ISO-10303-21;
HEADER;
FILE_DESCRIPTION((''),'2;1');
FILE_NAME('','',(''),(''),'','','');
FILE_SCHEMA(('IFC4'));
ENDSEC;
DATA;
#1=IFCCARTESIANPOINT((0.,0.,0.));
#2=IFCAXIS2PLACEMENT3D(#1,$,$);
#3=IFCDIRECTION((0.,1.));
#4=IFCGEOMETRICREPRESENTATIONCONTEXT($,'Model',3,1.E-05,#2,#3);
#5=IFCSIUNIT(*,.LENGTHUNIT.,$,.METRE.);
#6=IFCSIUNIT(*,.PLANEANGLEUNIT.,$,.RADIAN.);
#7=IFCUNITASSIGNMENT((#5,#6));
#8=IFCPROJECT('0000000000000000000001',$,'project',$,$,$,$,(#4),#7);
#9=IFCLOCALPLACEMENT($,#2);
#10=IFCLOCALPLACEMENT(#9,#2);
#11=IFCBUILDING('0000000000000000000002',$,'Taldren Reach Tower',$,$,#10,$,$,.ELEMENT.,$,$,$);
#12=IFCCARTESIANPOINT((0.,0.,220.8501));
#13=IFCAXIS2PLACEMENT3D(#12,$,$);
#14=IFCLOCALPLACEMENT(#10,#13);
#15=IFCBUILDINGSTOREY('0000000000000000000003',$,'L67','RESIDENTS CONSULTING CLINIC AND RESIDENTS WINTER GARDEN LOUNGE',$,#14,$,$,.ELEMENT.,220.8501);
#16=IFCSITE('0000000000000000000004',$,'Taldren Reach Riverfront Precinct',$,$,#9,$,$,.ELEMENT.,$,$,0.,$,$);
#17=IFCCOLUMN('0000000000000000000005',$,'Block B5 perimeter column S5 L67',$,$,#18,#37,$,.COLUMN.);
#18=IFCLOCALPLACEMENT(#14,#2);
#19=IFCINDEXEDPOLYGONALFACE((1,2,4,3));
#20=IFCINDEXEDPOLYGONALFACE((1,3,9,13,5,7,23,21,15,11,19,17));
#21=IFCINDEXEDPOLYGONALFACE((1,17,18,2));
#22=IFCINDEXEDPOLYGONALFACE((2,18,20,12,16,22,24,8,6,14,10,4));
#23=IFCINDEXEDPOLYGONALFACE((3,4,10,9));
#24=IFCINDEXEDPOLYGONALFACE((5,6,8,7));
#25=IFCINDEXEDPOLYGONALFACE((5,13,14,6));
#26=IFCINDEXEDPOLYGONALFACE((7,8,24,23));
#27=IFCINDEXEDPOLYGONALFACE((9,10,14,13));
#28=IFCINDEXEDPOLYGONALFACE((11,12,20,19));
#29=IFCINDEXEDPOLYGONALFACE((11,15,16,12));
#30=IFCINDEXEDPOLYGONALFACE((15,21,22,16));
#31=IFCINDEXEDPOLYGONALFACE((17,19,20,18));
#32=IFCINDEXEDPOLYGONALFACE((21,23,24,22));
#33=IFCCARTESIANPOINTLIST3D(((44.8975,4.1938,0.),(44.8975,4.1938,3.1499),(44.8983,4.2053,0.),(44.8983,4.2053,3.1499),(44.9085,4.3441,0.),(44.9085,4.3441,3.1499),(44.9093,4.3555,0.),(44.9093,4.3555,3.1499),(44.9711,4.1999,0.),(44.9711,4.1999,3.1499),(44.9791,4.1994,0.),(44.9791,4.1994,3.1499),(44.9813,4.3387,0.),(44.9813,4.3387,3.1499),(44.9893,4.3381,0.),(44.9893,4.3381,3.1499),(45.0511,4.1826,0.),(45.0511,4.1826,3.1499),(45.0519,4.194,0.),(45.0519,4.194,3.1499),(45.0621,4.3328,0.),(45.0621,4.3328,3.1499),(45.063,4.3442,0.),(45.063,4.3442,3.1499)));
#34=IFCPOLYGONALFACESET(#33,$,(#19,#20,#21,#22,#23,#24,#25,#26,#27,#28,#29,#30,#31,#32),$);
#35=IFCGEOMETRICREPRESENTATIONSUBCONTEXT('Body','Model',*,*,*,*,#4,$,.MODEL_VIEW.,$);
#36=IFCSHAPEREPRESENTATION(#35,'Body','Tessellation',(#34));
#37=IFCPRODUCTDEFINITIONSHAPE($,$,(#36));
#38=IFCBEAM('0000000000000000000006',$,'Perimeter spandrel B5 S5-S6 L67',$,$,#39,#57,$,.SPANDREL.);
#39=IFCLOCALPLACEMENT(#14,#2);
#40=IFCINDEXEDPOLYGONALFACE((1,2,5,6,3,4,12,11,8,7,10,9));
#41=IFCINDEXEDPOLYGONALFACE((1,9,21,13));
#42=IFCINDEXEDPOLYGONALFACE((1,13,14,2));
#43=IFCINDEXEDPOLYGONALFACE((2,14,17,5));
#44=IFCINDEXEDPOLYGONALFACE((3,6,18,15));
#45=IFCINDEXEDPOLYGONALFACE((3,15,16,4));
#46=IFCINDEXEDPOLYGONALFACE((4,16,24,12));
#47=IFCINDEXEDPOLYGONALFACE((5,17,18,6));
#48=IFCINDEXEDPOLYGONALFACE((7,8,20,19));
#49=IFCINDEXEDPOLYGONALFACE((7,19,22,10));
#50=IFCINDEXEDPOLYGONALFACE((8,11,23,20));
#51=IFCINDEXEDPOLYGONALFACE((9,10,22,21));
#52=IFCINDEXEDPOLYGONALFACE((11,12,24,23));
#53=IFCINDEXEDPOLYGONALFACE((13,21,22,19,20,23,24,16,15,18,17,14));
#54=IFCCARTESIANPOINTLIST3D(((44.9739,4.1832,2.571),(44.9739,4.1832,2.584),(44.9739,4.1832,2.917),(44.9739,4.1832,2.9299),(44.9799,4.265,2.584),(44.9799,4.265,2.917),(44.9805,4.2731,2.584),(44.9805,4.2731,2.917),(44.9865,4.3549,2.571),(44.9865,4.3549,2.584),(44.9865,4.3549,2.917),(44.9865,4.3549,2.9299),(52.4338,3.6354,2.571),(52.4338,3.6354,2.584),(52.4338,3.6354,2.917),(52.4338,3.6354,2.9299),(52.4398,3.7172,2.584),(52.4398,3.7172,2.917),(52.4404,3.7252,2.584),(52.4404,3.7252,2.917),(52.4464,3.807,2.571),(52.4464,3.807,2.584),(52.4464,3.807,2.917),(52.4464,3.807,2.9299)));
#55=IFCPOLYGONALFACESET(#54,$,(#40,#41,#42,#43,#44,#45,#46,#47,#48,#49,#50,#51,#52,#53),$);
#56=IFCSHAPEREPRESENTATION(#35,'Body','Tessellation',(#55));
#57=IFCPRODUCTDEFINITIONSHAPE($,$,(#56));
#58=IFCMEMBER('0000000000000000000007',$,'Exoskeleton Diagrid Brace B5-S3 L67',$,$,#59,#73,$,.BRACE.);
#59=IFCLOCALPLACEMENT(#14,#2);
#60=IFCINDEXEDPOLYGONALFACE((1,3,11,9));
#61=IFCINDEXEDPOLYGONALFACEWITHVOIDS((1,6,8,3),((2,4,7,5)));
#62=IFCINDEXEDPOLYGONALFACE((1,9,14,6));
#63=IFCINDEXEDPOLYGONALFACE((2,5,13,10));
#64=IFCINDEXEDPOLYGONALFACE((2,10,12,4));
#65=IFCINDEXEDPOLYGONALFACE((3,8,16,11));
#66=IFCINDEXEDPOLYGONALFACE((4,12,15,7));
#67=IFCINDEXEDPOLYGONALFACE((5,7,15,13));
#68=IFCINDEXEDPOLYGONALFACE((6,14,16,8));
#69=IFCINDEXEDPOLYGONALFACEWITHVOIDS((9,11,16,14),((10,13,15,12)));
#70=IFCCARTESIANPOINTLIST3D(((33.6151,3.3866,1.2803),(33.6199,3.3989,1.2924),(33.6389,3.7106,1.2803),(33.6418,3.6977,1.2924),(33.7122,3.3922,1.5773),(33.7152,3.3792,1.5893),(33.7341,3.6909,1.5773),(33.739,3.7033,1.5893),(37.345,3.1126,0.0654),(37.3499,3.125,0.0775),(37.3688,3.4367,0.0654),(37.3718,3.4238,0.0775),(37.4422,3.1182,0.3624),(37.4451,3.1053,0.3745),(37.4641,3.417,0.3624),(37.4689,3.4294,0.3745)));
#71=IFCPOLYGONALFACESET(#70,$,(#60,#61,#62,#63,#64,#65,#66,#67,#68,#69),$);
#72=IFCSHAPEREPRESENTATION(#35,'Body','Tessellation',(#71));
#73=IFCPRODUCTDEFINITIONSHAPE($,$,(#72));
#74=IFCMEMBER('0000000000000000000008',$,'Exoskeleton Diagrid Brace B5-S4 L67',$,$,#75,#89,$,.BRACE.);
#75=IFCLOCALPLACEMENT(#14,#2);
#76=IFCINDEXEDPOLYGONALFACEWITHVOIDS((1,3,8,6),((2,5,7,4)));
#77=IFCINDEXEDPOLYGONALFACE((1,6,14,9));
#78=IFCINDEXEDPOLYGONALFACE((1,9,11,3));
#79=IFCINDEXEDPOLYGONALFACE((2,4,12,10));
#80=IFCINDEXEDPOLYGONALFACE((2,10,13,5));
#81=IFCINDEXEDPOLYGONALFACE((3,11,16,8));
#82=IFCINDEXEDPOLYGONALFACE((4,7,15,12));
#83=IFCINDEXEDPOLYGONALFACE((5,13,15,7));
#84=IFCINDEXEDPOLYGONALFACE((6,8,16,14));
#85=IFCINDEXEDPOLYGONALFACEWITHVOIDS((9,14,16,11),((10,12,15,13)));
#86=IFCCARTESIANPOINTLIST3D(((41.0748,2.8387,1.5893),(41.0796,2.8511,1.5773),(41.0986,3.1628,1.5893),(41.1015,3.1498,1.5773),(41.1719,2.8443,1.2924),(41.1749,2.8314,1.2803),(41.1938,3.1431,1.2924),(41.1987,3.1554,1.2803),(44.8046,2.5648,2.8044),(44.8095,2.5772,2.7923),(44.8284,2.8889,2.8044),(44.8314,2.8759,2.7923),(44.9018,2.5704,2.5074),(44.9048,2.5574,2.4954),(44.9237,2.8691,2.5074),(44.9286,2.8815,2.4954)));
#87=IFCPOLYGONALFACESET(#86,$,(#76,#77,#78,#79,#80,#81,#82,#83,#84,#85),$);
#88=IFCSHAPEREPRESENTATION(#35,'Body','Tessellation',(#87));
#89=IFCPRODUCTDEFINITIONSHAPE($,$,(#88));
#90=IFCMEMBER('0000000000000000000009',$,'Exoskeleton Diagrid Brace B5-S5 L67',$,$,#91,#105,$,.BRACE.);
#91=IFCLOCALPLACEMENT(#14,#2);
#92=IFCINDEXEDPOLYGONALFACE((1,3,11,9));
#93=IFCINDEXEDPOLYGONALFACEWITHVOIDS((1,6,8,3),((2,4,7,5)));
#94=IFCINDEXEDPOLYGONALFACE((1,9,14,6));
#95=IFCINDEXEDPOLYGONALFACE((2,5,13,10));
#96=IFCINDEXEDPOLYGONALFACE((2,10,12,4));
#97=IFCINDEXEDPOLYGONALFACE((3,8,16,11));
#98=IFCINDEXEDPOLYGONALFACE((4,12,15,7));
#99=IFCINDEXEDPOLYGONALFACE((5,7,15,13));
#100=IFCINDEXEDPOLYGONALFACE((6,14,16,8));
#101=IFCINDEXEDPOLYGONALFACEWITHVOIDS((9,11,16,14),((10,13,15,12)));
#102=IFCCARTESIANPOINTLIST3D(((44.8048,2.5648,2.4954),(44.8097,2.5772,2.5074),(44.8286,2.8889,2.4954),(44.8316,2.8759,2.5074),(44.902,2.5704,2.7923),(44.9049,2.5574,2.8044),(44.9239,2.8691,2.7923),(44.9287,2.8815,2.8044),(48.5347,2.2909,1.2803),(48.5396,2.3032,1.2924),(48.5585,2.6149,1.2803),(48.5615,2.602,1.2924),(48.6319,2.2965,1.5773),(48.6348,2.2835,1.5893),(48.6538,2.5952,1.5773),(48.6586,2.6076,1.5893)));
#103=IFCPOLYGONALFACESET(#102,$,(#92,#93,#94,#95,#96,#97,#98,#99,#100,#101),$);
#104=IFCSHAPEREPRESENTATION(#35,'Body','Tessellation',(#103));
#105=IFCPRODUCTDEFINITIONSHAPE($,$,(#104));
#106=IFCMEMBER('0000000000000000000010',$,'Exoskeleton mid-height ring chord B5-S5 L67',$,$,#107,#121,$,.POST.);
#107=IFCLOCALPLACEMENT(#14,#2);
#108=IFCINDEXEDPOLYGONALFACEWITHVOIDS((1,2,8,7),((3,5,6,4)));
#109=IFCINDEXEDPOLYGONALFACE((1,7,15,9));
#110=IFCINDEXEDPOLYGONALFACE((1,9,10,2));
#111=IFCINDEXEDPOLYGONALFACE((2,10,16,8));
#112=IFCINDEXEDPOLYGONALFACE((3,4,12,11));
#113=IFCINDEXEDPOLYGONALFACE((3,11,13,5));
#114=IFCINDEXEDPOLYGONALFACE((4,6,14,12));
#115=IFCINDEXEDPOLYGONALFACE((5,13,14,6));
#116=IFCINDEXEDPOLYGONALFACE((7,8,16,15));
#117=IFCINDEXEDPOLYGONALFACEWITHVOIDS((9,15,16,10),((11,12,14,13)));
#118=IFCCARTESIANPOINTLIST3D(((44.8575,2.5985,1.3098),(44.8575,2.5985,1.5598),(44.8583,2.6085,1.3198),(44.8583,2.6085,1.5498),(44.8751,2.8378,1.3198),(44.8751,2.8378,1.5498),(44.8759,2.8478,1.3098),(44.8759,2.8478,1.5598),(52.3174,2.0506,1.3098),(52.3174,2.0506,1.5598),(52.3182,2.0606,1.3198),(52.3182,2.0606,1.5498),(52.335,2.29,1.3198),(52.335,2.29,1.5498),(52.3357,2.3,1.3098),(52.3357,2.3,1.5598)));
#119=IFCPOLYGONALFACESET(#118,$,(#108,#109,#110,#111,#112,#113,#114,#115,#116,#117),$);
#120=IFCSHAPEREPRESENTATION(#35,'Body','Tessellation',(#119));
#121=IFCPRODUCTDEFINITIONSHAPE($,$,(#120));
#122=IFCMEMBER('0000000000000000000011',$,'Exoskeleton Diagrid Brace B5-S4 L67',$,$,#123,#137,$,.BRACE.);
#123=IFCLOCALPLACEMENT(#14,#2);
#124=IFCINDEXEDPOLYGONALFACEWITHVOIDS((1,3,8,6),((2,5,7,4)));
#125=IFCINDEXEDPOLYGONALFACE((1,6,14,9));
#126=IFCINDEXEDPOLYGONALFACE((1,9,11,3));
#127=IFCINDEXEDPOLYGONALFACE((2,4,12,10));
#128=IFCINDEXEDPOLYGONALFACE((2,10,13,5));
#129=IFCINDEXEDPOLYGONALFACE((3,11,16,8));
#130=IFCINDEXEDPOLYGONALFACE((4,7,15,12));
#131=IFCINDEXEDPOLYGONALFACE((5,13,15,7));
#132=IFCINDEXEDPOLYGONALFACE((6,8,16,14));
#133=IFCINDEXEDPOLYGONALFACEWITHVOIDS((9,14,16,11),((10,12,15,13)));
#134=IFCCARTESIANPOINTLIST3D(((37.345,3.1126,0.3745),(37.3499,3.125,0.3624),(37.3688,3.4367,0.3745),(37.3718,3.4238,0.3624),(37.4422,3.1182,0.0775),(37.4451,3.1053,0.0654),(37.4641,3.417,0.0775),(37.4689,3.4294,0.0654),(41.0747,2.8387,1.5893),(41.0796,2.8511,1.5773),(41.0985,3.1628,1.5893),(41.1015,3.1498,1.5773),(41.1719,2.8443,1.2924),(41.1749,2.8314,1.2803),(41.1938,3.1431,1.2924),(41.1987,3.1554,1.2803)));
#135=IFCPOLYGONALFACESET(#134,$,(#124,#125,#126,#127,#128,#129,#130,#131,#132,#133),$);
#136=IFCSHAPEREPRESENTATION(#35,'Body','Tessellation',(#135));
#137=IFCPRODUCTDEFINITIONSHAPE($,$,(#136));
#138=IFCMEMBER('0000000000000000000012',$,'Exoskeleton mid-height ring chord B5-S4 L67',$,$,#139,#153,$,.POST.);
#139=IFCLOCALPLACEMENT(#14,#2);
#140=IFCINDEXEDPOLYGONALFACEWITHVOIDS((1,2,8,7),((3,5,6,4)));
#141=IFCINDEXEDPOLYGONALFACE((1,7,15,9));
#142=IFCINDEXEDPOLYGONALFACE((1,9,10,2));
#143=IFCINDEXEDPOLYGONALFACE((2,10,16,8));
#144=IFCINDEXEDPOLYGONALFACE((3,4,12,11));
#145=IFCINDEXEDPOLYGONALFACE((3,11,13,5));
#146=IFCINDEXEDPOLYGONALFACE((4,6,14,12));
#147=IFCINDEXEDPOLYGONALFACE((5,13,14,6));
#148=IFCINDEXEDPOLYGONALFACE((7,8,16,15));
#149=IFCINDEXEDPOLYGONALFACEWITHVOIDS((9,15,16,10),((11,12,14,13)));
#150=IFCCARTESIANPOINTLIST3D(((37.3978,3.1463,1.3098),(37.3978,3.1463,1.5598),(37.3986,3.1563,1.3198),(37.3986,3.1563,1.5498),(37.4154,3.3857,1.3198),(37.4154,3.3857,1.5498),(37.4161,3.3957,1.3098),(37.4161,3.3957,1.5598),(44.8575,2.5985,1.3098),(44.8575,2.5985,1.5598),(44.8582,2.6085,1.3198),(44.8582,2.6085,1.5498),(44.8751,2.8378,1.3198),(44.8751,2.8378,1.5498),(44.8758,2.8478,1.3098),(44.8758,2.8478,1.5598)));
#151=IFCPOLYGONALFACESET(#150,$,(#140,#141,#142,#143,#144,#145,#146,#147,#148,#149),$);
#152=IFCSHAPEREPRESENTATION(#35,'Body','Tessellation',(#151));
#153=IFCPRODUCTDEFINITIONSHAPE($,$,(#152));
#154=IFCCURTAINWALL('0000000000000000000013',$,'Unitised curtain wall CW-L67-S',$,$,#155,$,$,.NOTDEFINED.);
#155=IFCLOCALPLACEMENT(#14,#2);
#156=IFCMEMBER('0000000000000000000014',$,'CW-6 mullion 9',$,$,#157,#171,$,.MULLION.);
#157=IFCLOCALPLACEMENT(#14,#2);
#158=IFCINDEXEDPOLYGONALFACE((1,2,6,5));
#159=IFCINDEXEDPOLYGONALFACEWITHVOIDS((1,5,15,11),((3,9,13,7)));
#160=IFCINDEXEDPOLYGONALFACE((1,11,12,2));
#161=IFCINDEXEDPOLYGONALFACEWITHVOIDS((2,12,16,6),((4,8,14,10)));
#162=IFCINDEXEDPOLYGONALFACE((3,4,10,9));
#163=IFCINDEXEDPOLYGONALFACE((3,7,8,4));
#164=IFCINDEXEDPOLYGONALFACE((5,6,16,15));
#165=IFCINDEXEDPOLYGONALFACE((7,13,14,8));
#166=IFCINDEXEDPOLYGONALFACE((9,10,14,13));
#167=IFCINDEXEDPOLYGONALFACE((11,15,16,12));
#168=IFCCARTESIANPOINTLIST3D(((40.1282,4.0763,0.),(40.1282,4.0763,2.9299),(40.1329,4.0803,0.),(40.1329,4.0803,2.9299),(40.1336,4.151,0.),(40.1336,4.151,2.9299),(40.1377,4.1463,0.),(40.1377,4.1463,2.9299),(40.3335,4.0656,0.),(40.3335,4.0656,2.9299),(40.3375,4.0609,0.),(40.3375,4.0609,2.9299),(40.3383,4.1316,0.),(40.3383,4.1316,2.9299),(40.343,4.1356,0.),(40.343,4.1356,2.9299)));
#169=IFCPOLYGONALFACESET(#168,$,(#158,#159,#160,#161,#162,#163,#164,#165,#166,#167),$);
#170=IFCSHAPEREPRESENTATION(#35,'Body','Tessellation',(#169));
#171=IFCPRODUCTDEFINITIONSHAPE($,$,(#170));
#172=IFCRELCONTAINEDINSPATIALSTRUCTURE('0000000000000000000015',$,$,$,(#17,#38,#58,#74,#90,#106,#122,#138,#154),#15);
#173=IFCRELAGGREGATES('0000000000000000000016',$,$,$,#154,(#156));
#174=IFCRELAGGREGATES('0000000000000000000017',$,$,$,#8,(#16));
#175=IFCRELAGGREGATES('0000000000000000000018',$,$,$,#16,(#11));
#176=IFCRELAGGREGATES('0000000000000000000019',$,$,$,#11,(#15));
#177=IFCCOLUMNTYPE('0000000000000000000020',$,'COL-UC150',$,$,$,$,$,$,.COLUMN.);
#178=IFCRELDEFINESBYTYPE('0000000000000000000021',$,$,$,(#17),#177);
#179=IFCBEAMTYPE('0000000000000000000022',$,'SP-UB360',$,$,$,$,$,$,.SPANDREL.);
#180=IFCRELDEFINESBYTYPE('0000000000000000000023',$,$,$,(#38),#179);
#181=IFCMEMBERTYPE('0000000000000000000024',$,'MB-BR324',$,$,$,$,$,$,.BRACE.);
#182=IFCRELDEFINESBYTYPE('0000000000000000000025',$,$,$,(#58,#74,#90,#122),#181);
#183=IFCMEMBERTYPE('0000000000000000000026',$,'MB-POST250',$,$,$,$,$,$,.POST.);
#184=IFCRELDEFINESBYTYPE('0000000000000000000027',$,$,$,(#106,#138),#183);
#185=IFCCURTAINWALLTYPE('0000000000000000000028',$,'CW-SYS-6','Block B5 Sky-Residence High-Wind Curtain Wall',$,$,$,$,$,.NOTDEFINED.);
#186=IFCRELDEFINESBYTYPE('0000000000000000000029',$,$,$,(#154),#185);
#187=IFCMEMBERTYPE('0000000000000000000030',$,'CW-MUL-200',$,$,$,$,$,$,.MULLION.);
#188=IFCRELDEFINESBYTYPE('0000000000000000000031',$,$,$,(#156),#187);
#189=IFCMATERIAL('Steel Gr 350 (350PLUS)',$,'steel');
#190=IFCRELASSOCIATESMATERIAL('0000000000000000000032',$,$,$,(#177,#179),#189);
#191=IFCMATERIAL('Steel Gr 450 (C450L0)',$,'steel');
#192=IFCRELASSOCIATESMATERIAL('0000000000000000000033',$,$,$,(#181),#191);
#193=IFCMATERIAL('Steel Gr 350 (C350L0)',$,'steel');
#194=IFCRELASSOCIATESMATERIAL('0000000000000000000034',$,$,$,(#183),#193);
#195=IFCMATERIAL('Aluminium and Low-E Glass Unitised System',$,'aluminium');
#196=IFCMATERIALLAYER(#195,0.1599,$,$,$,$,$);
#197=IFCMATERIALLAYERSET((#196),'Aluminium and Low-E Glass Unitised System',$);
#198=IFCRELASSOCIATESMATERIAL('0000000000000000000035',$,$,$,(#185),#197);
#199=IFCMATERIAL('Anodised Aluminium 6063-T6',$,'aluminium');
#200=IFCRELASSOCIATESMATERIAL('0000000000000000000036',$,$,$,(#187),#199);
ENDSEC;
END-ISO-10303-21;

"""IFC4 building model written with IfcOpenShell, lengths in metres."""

from ifc_helpers import new_model, si_unit, direction, frame, origin, origin_2d, place, context, subcontext, project, spatial, hollow_rectangle, i_section, extrude, source, transform, mapped, material, layer, layer_set, material_profile, profile_set, type_object, element, aggregate, save


model = new_model("IFC4")

# Units and contexts
model_context = context("Model", 3, precision=1e-05, world=origin(), true_north=direction((0.0, 1.0)))
body_context = subcontext(model_context, "Body", "Model", "MODEL_VIEW")
ifc_project = project(units=[si_unit("LENGTHUNIT", "METRE"), si_unit("PLANEANGLEUNIT", "RADIAN")], contexts=[model_context])

# Site, building, storey
site_placement = place(None, origin())
site = spatial("IfcSite", under=ifc_project, at=site_placement, Name="Taldren Reach Riverfront Precinct", CompositionType="ELEMENT", RefElevation=0.0)
building_placement = place(site_placement, origin())
building = spatial("IfcBuilding", under=site, at=building_placement, Name="Taldren Reach Tower", CompositionType="ELEMENT")
storey_placement = place(building_placement, frame((0.0, 0.0, 220.8501)))
storey = spatial("IfcBuildingStorey", under=building, at=storey_placement, Name="L67", Description="RESIDENTS CONSULTING CLINIC AND RESIDENTS WINTER GARDEN LOUNGE", CompositionType="ELEMENT", Elevation=220.8501)

# Column
ifc_material_1 = material(Name="Steel Gr 350 (350PLUS)", Category="steel")
ifc_material_profile_1 = material_profile(ifc_material_1, i_section(OverallWidth=0.1541, OverallDepth=0.1621, WebThickness=0.0081, FlangeThickness=0.0115, at=origin_2d()), Name="150UC37.2")
ifc_profile_set_1 = profile_set([ifc_material_profile_1], Name="Steel Gr 350 (350PLUS)")
column_type = type_object("IfcColumnType", Name="COL-UC150", PredefinedType="COLUMN", material=ifc_profile_set_1)
shared_shape_1 = source(origin(), body_context, "Body", "SweptSolid", [
    extrude(i_section(OverallWidth=0.1541, OverallDepth=0.1621, WebThickness=0.0081, FlangeThickness=0.0115, at=origin_2d()), origin(), (0.0, 0.0, 1.0), 3.1499),
])
column_placement = place(storey_placement, frame((44.9802, 4.269, 0.0), z_axis=(0.0, 0.0, 1.0), x_axis=(0.997314, -0.073238, 0.0)))
element("IfcColumn", 1, at=column_placement, inside=storey, type_object=column_type, Name="Block B5 perimeter column S5 L67", PredefinedType="COLUMN", context=body_context, shape_type="MappedRepresentation", body=[
    mapped(shared_shape_1, transform((0.0, 0.0, 0.0), scale=1.0)),
])

# Beam
ifc_material_profile_2 = material_profile(ifc_material_1, i_section(OverallWidth=0.1721, OverallDepth=0.3589, WebThickness=0.0081, FlangeThickness=0.0129, at=origin_2d()), Name="360UB56.7")
ifc_profile_set_2 = profile_set([ifc_material_profile_2], Name="Steel Gr 350 (350PLUS)")
beam_type = type_object("IfcBeamType", Name="SP-UB360", PredefinedType="SPANDREL", material=ifc_profile_set_2)
shared_shape_2 = source(origin(), body_context, "Body", "SweptSolid", [
    extrude(i_section(OverallWidth=0.1721, OverallDepth=0.3589, WebThickness=0.0081, FlangeThickness=0.0129, at=origin_2d()), origin(), (0.0, 0.0, 1.0), 7.48),
])
beam_placement = place(storey_placement, frame((44.9802, 4.269, 2.7505), z_axis=(0.997314, -0.073242, 0.0), x_axis=(0.073242, 0.997314, 0.0)))
element("IfcBeam", 2, at=beam_placement, inside=storey, type_object=beam_type, Name="Perimeter spandrel B5 S5-S6 L67", PredefinedType="SPANDREL", context=body_context, shape_type="MappedRepresentation", body=[
    mapped(shared_shape_2, transform((0.0, 0.0, 0.0), scale=1.0)),
])

# Members
ifc_material_2 = material(Name="Steel Gr 450 (C450L0)", Category="steel")
ifc_material_profile_3 = material_profile(ifc_material_2, hollow_rectangle(XDim=0.325, YDim=0.325, WallThickness=0.0127, at=origin_2d()), Name="325x325x12.7SHS")
ifc_profile_set_3 = profile_set([ifc_material_profile_3], Name="Steel Gr 450 (C450L0)")
member_type_1 = type_object("IfcMemberType", Name="MB-BR324", PredefinedType="BRACE", material=ifc_profile_set_3)
shared_shape_3 = source(origin(), body_context, "Body", "SweptSolid", [
    extrude(hollow_rectangle(XDim=0.325, YDim=0.325, WallThickness=0.0127, at=origin_2d()), origin(), (0.0, 0.0, 1.0), 3.9324),
])
for number, where, z_axis, x_axis, name in (
    (3, (37.407, 3.271, 0.22), (-0.948529, 0.069659, 0.308933), (-0.073242, -0.997314, 0.0), "Exoskeleton Diagrid Brace B5-S3 L67"),
    (4, (41.1367, 2.9971, 1.4348), (0.948511, -0.069658, 0.308989), (0.073242, 0.997314, 0.0), "Exoskeleton Diagrid Brace B5-S4 L67"),
    (5, (48.5967, 2.4492, 1.4348), (-0.948511, 0.069658, 0.308989), (-0.073242, -0.997314, 0.0), "Exoskeleton Diagrid Brace B5-S5 L67"),
):
    element("IfcMember", number, at=place(storey_placement, frame(where, z_axis=z_axis, x_axis=x_axis)), inside=storey, type_object=member_type_1, Name=name, PredefinedType="BRACE", context=body_context, shape_type="MappedRepresentation", body=[
        mapped(shared_shape_3, transform((0.0, 0.0, 0.0), scale=1.0)),
    ])
ifc_material_3 = material(Name="Steel Gr 350 (C350L0)", Category="steel")
ifc_material_profile_4 = material_profile(ifc_material_3, hollow_rectangle(XDim=0.25, YDim=0.25, WallThickness=0.01, at=origin_2d()), Name="250x250x10.0SHS")
ifc_profile_set_4 = profile_set([ifc_material_profile_4], Name="Steel Gr 350 (C350L0)")
member_type_2 = type_object("IfcMemberType", Name="MB-POST250", PredefinedType="POST", material=ifc_profile_set_4)
shared_shape_4 = source(origin(), body_context, "Body", "SweptSolid", [
    extrude(hollow_rectangle(XDim=0.25, YDim=0.25, WallThickness=0.01, at=origin_2d()), origin(), (0.0, 0.0, 1.0), 7.48),
])
member_1_placement = place(storey_placement, frame((44.8667, 2.7231, 1.4348), z_axis=(0.997314, -0.073242, 0.0), x_axis=(0.073242, 0.997314, 0.0)))
element("IfcMember", 6, at=member_1_placement, inside=storey, type_object=member_type_2, Name="Exoskeleton mid-height ring chord B5-S5 L67", PredefinedType="POST", context=body_context, shape_type="MappedRepresentation", body=[
    mapped(shared_shape_4, transform((0.0, 0.0, 0.0), scale=1.0)),
])
shared_shape_5 = source(origin(), body_context, "Body", "SweptSolid", [
    extrude(hollow_rectangle(XDim=0.325, YDim=0.325, WallThickness=0.0127, at=origin_2d()), origin(), (0.0, 0.0, 1.0), 3.9321),
])
member_2_placement = place(storey_placement, frame((37.407, 3.271, 0.22), z_axis=(0.948523, -0.069663, 0.308951), x_axis=(0.073246, 0.997314, 0.0)))
element("IfcMember", 7, at=member_2_placement, inside=storey, type_object=member_type_1, Name="Exoskeleton Diagrid Brace B5-S4 L67", PredefinedType="BRACE", context=body_context, shape_type="MappedRepresentation", body=[
    mapped(shared_shape_5, transform((0.0, 0.0, 0.0), scale=1.0)),
])
shared_shape_6 = source(origin(), body_context, "Body", "SweptSolid", [
    extrude(hollow_rectangle(XDim=0.25, YDim=0.25, WallThickness=0.01, at=origin_2d()), origin(), (0.0, 0.0, 1.0), 7.4797),
])
member_3_placement = place(storey_placement, frame((37.407, 3.271, 1.4348), z_axis=(0.997314, -0.073244, 0.0), x_axis=(0.073244, 0.997314, 0.0)))
element("IfcMember", 8, at=member_3_placement, inside=storey, type_object=member_type_2, Name="Exoskeleton mid-height ring chord B5-S4 L67", PredefinedType="POST", context=body_context, shape_type="MappedRepresentation", body=[
    mapped(shared_shape_6, transform((0.0, 0.0, 0.0), scale=1.0)),
])

# Curtain wall, member
ifc_material_4 = material(Name="Aluminium and Low-E Glass Unitised System", Category="aluminium")
ifc_layer_1 = layer(ifc_material_4, 0.1599)
ifc_layer_set_1 = layer_set([ifc_layer_1], Name="Aluminium and Low-E Glass Unitised System")
curtain_wall_type = type_object("IfcCurtainWallType", Name="CW-SYS-6", Description="Block B5 Sky-Residence High-Wind Curtain Wall", PredefinedType="NOTDEFINED", material=ifc_layer_set_1)
curtain_wall_placement = place(storey_placement, origin())
curtain_wall = element("IfcCurtainWall", 9, at=curtain_wall_placement, inside=storey, type_object=curtain_wall_type, Name="Unitised curtain wall CW-L67-S", PredefinedType="NOTDEFINED")
ifc_material_5 = material(Name="Anodised Aluminium 6063-T6", Category="aluminium")
ifc_material_profile_5 = material_profile(ifc_material_5, hollow_rectangle(XDim=0.075, YDim=0.21, WallThickness=0.0044, at=origin_2d()), Name="ALU-210x75x4.5RHS")
ifc_profile_set_5 = profile_set([ifc_material_profile_5], Name="Anodised Aluminium 6063-T6")
member_type_3 = type_object("IfcMemberType", Name="CW-MUL-200", PredefinedType="MULLION", material=ifc_profile_set_5)
shared_shape_7 = source(origin(), body_context, "Body", "SweptSolid", [
    extrude(hollow_rectangle(XDim=0.075, YDim=0.21, WallThickness=0.0044, at=origin_2d()), origin(), (0.0, 0.0, 1.0), 2.9299),
])
member_4_placement = place(storey_placement, frame((40.2356, 4.106, 0.0), z_axis=(0.0, 0.0, 1.0), x_axis=(0.073238, 0.997314, 0.0)))
member_4 = element("IfcMember", 10, at=member_4_placement, type_object=member_type_3, Name="CW-6 mullion 9", PredefinedType="MULLION", context=body_context, shape_type="MappedRepresentation", body=[
    mapped(shared_shape_7, transform((0.0, 0.0, 0.0), scale=1.0)),
])

aggregate(curtain_wall, [member_4])

save(model, "model.ifc")
